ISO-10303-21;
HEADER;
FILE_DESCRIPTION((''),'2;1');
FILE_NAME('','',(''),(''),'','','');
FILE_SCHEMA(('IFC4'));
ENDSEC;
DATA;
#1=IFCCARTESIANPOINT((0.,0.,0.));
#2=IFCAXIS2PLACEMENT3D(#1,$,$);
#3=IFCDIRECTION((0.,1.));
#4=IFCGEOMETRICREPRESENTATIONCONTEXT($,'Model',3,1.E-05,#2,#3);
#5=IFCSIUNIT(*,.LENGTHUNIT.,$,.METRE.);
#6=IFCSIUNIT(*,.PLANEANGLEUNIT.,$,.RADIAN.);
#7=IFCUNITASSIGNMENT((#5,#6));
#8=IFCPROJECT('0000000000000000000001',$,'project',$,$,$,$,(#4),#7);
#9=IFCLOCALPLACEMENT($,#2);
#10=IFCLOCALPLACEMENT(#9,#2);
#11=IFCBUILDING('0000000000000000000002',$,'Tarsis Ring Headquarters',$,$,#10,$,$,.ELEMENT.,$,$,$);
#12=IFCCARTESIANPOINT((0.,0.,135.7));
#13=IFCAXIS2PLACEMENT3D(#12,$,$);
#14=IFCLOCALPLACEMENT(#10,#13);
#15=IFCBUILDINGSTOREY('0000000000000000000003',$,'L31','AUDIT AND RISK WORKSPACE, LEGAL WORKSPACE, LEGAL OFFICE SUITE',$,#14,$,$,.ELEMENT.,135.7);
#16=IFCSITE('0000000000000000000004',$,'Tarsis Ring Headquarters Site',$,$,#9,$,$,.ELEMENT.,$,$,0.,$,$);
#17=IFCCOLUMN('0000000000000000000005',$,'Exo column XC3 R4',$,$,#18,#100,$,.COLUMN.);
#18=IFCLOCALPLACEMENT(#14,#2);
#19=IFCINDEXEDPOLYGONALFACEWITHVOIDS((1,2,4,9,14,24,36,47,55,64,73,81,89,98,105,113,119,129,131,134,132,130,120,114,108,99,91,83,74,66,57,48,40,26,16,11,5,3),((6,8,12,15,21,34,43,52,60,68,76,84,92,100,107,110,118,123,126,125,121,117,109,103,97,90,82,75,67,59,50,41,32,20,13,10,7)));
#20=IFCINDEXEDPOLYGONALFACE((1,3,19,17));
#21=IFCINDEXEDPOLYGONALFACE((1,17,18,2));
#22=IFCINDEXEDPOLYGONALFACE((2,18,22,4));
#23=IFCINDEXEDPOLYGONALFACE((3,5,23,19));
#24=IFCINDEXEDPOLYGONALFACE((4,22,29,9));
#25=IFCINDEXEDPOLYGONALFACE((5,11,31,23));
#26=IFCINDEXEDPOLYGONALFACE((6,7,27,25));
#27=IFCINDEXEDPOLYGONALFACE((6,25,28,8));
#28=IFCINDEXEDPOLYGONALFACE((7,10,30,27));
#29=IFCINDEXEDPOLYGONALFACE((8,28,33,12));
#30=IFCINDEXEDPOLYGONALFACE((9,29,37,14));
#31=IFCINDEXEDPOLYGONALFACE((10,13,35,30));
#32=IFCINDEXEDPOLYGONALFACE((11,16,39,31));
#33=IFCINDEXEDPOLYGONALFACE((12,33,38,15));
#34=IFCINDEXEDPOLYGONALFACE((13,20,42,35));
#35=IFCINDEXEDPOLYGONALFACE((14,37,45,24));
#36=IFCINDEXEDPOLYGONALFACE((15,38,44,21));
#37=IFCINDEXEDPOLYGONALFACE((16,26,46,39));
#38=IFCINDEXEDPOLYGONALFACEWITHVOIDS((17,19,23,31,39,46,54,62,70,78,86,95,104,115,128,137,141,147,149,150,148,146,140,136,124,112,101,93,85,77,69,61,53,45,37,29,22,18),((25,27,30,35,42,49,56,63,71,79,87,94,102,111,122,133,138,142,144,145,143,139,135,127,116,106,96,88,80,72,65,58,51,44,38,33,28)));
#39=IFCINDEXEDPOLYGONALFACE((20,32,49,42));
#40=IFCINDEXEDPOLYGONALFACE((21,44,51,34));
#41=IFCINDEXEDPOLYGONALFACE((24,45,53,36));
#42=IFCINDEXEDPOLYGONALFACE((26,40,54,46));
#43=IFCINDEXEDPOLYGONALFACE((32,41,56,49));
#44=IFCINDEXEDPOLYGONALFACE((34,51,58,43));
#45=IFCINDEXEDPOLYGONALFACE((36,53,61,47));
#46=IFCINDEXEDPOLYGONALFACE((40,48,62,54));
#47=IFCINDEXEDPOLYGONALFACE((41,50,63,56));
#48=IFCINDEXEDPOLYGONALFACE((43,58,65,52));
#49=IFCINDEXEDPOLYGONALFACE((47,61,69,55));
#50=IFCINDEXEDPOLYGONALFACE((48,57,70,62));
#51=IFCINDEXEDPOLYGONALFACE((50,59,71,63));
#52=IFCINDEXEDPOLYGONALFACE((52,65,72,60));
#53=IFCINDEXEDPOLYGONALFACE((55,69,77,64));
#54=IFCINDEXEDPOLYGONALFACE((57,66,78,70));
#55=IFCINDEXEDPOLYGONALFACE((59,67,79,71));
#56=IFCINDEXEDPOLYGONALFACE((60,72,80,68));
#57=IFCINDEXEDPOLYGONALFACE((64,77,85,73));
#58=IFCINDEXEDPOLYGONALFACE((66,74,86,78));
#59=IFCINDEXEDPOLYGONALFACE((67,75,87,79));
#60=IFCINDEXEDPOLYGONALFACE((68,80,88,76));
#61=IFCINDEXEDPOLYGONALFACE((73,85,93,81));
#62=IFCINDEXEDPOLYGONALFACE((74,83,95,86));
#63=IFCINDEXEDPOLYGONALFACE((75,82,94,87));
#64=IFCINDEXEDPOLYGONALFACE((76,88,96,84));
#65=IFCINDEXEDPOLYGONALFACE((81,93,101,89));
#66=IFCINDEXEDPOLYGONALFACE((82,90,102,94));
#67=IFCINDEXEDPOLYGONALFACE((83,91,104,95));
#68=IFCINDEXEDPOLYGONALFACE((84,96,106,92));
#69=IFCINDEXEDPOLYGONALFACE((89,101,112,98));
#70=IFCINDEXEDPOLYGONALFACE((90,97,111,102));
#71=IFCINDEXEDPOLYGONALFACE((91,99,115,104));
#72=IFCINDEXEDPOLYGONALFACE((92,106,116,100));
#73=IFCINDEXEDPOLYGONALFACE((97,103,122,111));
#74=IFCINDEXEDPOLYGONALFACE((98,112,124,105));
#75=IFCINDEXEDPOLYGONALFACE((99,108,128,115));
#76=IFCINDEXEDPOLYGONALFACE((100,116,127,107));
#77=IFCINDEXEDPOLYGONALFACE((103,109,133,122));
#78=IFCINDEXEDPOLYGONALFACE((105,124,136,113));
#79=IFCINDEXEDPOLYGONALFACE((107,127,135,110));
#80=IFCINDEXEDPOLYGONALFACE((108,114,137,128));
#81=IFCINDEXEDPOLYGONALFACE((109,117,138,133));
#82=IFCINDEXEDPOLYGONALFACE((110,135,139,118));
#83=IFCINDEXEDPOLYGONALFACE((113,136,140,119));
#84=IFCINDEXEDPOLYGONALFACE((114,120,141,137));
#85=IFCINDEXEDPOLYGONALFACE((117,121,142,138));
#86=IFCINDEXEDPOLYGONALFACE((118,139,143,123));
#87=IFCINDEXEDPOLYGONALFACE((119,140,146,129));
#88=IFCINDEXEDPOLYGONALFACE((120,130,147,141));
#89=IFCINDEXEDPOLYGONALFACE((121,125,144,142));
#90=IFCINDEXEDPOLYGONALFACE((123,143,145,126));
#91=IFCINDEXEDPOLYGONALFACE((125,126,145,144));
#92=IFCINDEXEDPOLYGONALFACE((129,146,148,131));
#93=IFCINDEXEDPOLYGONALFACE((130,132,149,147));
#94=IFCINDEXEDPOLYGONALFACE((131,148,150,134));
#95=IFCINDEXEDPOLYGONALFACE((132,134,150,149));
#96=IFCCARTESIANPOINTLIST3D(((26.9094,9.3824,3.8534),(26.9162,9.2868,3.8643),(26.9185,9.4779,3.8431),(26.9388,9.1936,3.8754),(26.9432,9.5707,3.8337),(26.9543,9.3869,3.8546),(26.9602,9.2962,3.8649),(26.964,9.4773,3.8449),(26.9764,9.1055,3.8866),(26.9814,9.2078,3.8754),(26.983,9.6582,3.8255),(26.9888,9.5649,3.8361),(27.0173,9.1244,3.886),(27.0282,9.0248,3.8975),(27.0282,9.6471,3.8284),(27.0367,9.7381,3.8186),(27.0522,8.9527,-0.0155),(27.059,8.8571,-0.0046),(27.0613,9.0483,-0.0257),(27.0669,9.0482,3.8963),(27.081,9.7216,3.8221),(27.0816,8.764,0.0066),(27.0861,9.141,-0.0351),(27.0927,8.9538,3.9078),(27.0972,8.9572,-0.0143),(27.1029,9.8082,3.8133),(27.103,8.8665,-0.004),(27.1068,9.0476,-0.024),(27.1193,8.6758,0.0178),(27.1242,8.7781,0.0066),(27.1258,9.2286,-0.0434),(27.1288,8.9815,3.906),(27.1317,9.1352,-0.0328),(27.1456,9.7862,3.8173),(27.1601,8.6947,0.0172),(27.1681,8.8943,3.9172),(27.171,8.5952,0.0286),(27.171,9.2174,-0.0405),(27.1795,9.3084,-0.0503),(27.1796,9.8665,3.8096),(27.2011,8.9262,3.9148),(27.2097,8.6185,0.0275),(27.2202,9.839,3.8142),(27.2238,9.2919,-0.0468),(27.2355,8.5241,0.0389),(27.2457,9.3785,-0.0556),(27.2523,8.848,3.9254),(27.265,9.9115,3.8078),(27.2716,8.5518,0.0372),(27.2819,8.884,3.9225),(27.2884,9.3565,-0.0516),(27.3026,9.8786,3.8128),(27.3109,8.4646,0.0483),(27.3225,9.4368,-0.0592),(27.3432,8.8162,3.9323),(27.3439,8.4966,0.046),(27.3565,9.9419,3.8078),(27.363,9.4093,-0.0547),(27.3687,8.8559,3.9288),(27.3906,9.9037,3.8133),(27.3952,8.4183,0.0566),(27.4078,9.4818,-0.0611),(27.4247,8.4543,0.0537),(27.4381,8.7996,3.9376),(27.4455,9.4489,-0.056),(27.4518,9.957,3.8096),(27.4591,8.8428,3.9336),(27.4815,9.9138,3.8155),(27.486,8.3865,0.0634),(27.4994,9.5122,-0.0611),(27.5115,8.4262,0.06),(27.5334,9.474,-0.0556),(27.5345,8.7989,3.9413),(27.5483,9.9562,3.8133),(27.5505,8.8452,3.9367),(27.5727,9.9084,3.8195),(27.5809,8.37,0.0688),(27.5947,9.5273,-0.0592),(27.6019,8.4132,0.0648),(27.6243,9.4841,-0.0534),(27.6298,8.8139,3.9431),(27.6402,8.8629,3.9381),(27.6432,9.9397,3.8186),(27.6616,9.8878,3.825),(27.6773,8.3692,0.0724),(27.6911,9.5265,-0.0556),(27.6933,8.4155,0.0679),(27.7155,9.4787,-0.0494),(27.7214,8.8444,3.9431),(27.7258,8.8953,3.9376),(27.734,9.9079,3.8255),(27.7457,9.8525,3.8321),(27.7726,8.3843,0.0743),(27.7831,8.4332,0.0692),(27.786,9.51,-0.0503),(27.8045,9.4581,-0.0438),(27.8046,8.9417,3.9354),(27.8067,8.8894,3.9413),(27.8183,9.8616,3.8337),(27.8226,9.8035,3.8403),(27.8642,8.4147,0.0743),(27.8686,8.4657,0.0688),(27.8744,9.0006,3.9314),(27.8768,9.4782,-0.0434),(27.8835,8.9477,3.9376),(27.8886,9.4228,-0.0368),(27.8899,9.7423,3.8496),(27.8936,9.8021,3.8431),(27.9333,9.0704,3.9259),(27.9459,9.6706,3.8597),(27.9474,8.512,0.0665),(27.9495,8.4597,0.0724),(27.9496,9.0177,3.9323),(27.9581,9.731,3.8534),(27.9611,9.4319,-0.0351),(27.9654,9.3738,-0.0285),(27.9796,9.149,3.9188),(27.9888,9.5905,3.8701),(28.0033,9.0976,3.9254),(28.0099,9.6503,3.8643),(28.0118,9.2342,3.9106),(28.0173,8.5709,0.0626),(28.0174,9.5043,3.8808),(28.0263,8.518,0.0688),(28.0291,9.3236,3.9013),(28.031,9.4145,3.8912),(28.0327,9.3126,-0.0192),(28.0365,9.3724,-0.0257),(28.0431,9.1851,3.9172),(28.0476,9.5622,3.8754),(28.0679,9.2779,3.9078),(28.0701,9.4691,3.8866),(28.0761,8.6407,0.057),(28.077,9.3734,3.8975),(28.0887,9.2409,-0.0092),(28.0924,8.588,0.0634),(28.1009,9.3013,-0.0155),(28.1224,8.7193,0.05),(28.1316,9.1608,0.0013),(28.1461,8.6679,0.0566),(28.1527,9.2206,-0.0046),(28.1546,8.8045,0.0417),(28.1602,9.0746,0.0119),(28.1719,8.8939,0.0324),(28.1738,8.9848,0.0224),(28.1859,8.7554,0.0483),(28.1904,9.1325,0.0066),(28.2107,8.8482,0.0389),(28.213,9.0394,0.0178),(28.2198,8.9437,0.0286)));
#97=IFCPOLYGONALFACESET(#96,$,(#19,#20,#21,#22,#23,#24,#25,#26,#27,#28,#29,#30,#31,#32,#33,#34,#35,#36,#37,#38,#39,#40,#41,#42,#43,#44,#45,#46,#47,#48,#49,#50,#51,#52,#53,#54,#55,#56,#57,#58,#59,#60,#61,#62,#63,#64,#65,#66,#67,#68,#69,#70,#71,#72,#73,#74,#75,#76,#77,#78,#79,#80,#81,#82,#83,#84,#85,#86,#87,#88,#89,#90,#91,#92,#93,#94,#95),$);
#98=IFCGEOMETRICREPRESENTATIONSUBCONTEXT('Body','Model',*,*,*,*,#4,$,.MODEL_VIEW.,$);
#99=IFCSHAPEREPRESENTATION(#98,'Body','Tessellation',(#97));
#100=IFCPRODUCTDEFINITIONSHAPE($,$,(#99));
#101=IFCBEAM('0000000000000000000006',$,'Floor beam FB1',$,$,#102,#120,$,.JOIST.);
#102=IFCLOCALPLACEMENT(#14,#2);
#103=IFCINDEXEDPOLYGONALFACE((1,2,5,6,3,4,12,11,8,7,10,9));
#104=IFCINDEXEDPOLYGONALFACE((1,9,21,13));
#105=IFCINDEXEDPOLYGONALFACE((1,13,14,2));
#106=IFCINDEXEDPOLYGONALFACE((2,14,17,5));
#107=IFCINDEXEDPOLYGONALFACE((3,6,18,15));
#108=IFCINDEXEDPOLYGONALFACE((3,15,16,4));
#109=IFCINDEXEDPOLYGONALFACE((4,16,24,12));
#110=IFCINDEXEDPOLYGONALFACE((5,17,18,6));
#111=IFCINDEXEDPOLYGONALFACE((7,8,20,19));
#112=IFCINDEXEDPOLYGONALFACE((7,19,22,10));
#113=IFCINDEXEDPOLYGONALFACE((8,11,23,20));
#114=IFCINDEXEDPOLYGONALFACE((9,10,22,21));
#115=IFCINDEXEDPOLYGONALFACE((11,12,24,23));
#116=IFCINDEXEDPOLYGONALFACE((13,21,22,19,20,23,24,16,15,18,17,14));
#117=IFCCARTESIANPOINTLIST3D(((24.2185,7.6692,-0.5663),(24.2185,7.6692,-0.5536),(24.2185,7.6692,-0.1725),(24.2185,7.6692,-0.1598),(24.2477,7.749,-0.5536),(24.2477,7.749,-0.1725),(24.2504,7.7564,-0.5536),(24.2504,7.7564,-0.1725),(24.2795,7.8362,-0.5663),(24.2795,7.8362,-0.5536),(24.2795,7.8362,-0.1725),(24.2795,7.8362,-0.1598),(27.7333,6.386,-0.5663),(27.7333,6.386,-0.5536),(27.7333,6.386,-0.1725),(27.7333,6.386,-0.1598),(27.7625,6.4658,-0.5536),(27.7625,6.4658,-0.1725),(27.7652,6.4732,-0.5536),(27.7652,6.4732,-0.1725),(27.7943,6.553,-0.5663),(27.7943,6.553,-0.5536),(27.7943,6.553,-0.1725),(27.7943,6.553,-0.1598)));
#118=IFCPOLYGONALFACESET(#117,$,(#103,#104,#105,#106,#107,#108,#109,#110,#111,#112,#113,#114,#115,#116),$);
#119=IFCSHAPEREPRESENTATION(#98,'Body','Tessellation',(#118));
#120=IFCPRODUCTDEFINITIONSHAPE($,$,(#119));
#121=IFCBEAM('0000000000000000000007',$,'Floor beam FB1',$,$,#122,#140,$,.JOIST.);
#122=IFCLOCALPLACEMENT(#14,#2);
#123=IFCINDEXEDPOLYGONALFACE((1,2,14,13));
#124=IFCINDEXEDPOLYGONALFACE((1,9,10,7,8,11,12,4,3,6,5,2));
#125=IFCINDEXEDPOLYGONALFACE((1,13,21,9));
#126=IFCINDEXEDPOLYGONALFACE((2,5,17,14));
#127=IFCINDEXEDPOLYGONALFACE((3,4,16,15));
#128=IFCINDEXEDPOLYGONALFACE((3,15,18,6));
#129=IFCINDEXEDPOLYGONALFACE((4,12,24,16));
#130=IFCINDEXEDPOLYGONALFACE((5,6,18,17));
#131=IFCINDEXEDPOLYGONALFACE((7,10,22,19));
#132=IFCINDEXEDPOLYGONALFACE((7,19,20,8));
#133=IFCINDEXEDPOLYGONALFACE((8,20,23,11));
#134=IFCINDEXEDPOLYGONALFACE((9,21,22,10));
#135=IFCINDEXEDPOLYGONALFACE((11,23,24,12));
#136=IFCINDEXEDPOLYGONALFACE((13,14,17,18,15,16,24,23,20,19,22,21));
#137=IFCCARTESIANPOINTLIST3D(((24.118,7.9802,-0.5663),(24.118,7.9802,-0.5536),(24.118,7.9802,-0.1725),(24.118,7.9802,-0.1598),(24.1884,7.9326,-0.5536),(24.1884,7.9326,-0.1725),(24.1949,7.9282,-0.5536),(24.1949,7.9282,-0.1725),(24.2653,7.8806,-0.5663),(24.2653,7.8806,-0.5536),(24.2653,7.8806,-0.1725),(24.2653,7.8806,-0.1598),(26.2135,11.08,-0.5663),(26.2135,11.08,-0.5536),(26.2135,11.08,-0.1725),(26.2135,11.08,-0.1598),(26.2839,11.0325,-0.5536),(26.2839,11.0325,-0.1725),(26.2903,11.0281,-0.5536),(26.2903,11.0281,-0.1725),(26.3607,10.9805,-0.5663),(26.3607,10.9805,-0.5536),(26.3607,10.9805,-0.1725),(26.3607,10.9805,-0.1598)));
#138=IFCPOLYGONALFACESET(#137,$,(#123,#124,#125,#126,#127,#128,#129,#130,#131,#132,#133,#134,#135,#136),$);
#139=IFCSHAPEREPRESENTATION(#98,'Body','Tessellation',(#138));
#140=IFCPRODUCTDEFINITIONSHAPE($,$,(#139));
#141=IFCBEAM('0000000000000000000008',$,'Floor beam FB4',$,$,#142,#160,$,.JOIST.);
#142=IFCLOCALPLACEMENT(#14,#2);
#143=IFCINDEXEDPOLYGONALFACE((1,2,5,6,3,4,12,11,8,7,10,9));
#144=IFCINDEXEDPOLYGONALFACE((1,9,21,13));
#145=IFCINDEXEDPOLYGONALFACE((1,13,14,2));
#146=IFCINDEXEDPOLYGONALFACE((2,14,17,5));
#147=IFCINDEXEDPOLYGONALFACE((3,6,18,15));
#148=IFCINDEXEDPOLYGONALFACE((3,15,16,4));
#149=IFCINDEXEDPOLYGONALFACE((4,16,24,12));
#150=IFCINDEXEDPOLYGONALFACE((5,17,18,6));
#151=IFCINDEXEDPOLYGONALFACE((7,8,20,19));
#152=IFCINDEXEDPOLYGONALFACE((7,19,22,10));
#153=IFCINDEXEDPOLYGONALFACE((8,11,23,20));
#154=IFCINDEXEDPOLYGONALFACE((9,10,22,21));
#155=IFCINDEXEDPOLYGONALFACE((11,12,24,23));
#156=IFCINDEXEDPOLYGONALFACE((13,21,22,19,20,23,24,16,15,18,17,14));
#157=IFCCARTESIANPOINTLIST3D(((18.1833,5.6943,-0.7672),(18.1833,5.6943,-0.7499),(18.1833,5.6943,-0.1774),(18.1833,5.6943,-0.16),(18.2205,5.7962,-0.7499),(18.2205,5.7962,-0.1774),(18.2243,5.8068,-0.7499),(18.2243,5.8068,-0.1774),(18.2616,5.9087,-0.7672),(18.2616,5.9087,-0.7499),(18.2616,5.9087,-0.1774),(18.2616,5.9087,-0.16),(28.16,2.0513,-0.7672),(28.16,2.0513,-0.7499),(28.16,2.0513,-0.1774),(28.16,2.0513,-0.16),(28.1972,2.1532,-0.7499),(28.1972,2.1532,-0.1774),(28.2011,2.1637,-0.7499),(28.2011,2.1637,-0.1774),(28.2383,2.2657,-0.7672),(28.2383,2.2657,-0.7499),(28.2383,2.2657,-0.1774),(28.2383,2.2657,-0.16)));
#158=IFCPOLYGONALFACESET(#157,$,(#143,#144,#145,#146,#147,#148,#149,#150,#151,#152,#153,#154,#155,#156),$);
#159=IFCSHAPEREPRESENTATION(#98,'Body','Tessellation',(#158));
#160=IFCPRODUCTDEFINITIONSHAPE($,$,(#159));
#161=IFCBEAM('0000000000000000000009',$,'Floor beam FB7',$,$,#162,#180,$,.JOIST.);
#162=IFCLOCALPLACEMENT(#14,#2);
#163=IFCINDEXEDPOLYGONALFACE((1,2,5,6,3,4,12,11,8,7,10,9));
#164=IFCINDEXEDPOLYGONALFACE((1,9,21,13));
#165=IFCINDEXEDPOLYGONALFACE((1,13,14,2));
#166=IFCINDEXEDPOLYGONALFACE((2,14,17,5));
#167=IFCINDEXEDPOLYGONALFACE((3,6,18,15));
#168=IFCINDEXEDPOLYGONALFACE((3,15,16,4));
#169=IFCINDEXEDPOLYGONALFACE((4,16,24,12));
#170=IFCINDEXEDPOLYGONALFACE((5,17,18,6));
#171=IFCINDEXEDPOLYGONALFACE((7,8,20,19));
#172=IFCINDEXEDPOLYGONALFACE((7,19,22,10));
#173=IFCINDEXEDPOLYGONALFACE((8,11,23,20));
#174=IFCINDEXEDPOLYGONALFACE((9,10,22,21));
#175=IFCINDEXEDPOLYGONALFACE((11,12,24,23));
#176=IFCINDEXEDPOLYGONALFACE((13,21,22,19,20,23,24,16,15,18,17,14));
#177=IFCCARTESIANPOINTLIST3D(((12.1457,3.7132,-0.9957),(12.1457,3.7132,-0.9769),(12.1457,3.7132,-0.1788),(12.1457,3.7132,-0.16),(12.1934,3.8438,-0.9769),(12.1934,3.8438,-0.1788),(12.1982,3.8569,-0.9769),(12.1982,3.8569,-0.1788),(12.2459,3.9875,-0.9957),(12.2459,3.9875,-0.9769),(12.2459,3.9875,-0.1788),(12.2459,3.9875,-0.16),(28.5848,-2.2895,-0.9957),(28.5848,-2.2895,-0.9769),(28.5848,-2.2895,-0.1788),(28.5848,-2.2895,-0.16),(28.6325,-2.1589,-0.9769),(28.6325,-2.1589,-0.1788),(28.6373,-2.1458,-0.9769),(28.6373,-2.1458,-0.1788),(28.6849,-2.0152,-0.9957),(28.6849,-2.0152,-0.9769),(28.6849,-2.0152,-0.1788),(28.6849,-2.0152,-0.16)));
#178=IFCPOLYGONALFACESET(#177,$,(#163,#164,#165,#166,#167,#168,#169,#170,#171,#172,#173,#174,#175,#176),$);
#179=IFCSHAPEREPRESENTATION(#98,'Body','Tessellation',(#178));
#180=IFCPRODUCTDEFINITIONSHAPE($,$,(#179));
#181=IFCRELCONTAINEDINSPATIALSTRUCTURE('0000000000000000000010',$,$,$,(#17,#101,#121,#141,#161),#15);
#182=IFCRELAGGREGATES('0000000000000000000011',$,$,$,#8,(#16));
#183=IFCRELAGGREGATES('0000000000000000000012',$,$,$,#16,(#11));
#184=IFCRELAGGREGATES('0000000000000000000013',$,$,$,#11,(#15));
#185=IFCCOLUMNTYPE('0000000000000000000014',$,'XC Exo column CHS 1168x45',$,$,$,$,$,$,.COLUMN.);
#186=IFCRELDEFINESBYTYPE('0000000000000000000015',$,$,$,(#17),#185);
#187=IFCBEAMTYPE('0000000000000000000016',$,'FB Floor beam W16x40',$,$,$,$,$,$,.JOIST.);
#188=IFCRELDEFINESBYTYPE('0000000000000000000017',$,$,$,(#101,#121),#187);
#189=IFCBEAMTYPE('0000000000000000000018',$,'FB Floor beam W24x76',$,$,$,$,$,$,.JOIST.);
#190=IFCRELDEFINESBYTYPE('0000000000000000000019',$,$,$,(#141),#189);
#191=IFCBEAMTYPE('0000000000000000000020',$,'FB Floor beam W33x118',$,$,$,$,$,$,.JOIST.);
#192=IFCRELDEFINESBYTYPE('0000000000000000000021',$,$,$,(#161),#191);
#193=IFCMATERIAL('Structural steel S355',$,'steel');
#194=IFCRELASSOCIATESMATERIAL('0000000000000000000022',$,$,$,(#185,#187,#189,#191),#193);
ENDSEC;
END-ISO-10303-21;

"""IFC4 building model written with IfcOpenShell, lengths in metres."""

from ifc_helpers import new_model, si_unit, direction, frame, origin, origin_2d, place, context, subcontext, project, spatial, hollow_circle, i_section, extrude, material, material_profile, profile_set, type_object, element, save


model = new_model("IFC4")

# Units and contexts
model_context = context("Model", 3, precision=1e-05, world=origin(), true_north=direction((0.0, 1.0)))
body_context = subcontext(model_context, "Body", "Model", "MODEL_VIEW")
ifc_project = project(units=[si_unit("LENGTHUNIT", "METRE"), si_unit("PLANEANGLEUNIT", "RADIAN")], contexts=[model_context])

# Site, building, storey
site_placement = place(None, origin())
site = spatial("IfcSite", under=ifc_project, at=site_placement, Name="Tarsis Ring Headquarters Site", CompositionType="ELEMENT", RefElevation=0.0)
building_placement = place(site_placement, origin())
building = spatial("IfcBuilding", under=site, at=building_placement, Name="Tarsis Ring Headquarters", CompositionType="ELEMENT")
storey_placement = place(building_placement, frame((0.0, 0.0, 135.7)))
storey = spatial("IfcBuildingStorey", under=building, at=storey_placement, Name="L31", Description="AUDIT AND RISK WORKSPACE, LEGAL WORKSPACE, LEGAL OFFICE SUITE", CompositionType="ELEMENT", Elevation=135.7)

# Column
ifc_material_1 = material(Name="Structural steel S355", Category="steel")
ifc_material_profile_1 = material_profile(ifc_material_1, hollow_circle(Radius=0.5842, WallThickness=0.0449, at=origin_2d()), Name="CHS 1168x45")
ifc_profile_set_1 = profile_set([ifc_material_profile_1], Name="Structural steel S355")
column_type = type_object("IfcColumnType", Name="XC Exo column CHS 1168x45", PredefinedType="COLUMN", material=ifc_profile_set_1)
column_placement = place(storey_placement, frame((27.636, 8.9482, 0.0066), z_axis=(-0.036665, 0.110309, 0.993221), x_axis=(-0.948953, -0.315419, 0.0)))
element("IfcColumn", 1, at=column_placement, inside=storey, type_object=column_type, Name="Exo column XC3 R4", PredefinedType="COLUMN", context=body_context, shape_type="SweptSolid", body=[
    extrude(hollow_circle(Radius=0.5842, WallThickness=0.0449, at=origin_2d()), origin(), (0.0, 0.0, 1.0), 3.8953),
])

# Beams
ifc_material_profile_2 = material_profile(ifc_material_1, i_section(OverallWidth=0.1777, OverallDepth=0.4065, WebThickness=0.0078, FlangeThickness=0.0127, at=origin_2d()), Name="W16x40")
ifc_profile_set_2 = profile_set([ifc_material_profile_2], Name="Structural steel S355")
beam_type_1 = type_object("IfcBeamType", Name="FB Floor beam W16x40", PredefinedType="JOIST", material=ifc_profile_set_2)
for number, where, z_axis, x_axis, name in (
    (2, (24.249, 7.7527, -0.363), (0.939358, -0.342937, 0.0), (0.342937, 0.939358, 0.0), "Floor beam FB1"),
    (3, (26.2871, 11.0303, -0.363), (-0.560034, -0.82847, 0.0), (0.82847, -0.560034, 0.0), "Floor beam FB1"),
):
    element("IfcBeam", number, at=place(storey_placement, frame(where, z_axis=z_axis, x_axis=x_axis)), inside=storey, type_object=beam_type_1, Name=name, PredefinedType="JOIST", context=body_context, shape_type="SweptSolid", body=[
        extrude(i_section(OverallWidth=0.1777, OverallDepth=0.4065, WebThickness=0.0078, FlangeThickness=0.0127, at=origin_2d()), origin(), (0.0, 0.0, 1.0), 3.7417),
    ])
ifc_material_profile_3 = material_profile(ifc_material_1, i_section(OverallWidth=0.2283, OverallDepth=0.6072, WebThickness=0.0112, FlangeThickness=0.0173, at=origin_2d()), Name="W24x76")
ifc_profile_set_3 = profile_set([ifc_material_profile_3], Name="Structural steel S355")
beam_type_2 = type_object("IfcBeamType", Name="FB Floor beam W24x76", PredefinedType="JOIST", material=ifc_profile_set_3)
beam_1_placement = place(storey_placement, frame((18.2224, 5.8015, -0.4636), z_axis=(0.939335, -0.343001, 0.0), x_axis=(0.343001, 0.939335, 0.0)))
element("IfcBeam", 4, at=beam_1_placement, inside=storey, type_object=beam_type_2, Name="Floor beam FB4", PredefinedType="JOIST", context=body_context, shape_type="SweptSolid", body=[
    extrude(i_section(OverallWidth=0.2283, OverallDepth=0.6072, WebThickness=0.0112, FlangeThickness=0.0173, at=origin_2d()), origin(), (0.0, 0.0, 1.0), 10.6211),
])
ifc_material_profile_4 = material_profile(ifc_material_1, i_section(OverallWidth=0.292, OverallDepth=0.8357, WebThickness=0.0139, FlangeThickness=0.0188, at=origin_2d()), Name="W33x118")
ifc_profile_set_4 = profile_set([ifc_material_profile_4], Name="Structural steel S355")
beam_type_3 = type_object("IfcBeamType", Name="FB Floor beam W33x118", PredefinedType="JOIST", material=ifc_profile_set_4)
beam_2_placement = place(storey_placement, frame((12.1958, 3.8503, -0.5779), z_axis=(0.939336, -0.342998, 0.0), x_axis=(0.342998, 0.939336, 0.0)))
element("IfcBeam", 5, at=beam_2_placement, inside=storey, type_object=beam_type_3, Name="Floor beam FB7", PredefinedType="JOIST", context=body_context, shape_type="SweptSolid", body=[
    extrude(i_section(OverallWidth=0.292, OverallDepth=0.8357, WebThickness=0.0139, FlangeThickness=0.0188, at=origin_2d()), origin(), (0.0, 0.0, 1.0), 17.5007),
])

save(model, "model.ifc")
